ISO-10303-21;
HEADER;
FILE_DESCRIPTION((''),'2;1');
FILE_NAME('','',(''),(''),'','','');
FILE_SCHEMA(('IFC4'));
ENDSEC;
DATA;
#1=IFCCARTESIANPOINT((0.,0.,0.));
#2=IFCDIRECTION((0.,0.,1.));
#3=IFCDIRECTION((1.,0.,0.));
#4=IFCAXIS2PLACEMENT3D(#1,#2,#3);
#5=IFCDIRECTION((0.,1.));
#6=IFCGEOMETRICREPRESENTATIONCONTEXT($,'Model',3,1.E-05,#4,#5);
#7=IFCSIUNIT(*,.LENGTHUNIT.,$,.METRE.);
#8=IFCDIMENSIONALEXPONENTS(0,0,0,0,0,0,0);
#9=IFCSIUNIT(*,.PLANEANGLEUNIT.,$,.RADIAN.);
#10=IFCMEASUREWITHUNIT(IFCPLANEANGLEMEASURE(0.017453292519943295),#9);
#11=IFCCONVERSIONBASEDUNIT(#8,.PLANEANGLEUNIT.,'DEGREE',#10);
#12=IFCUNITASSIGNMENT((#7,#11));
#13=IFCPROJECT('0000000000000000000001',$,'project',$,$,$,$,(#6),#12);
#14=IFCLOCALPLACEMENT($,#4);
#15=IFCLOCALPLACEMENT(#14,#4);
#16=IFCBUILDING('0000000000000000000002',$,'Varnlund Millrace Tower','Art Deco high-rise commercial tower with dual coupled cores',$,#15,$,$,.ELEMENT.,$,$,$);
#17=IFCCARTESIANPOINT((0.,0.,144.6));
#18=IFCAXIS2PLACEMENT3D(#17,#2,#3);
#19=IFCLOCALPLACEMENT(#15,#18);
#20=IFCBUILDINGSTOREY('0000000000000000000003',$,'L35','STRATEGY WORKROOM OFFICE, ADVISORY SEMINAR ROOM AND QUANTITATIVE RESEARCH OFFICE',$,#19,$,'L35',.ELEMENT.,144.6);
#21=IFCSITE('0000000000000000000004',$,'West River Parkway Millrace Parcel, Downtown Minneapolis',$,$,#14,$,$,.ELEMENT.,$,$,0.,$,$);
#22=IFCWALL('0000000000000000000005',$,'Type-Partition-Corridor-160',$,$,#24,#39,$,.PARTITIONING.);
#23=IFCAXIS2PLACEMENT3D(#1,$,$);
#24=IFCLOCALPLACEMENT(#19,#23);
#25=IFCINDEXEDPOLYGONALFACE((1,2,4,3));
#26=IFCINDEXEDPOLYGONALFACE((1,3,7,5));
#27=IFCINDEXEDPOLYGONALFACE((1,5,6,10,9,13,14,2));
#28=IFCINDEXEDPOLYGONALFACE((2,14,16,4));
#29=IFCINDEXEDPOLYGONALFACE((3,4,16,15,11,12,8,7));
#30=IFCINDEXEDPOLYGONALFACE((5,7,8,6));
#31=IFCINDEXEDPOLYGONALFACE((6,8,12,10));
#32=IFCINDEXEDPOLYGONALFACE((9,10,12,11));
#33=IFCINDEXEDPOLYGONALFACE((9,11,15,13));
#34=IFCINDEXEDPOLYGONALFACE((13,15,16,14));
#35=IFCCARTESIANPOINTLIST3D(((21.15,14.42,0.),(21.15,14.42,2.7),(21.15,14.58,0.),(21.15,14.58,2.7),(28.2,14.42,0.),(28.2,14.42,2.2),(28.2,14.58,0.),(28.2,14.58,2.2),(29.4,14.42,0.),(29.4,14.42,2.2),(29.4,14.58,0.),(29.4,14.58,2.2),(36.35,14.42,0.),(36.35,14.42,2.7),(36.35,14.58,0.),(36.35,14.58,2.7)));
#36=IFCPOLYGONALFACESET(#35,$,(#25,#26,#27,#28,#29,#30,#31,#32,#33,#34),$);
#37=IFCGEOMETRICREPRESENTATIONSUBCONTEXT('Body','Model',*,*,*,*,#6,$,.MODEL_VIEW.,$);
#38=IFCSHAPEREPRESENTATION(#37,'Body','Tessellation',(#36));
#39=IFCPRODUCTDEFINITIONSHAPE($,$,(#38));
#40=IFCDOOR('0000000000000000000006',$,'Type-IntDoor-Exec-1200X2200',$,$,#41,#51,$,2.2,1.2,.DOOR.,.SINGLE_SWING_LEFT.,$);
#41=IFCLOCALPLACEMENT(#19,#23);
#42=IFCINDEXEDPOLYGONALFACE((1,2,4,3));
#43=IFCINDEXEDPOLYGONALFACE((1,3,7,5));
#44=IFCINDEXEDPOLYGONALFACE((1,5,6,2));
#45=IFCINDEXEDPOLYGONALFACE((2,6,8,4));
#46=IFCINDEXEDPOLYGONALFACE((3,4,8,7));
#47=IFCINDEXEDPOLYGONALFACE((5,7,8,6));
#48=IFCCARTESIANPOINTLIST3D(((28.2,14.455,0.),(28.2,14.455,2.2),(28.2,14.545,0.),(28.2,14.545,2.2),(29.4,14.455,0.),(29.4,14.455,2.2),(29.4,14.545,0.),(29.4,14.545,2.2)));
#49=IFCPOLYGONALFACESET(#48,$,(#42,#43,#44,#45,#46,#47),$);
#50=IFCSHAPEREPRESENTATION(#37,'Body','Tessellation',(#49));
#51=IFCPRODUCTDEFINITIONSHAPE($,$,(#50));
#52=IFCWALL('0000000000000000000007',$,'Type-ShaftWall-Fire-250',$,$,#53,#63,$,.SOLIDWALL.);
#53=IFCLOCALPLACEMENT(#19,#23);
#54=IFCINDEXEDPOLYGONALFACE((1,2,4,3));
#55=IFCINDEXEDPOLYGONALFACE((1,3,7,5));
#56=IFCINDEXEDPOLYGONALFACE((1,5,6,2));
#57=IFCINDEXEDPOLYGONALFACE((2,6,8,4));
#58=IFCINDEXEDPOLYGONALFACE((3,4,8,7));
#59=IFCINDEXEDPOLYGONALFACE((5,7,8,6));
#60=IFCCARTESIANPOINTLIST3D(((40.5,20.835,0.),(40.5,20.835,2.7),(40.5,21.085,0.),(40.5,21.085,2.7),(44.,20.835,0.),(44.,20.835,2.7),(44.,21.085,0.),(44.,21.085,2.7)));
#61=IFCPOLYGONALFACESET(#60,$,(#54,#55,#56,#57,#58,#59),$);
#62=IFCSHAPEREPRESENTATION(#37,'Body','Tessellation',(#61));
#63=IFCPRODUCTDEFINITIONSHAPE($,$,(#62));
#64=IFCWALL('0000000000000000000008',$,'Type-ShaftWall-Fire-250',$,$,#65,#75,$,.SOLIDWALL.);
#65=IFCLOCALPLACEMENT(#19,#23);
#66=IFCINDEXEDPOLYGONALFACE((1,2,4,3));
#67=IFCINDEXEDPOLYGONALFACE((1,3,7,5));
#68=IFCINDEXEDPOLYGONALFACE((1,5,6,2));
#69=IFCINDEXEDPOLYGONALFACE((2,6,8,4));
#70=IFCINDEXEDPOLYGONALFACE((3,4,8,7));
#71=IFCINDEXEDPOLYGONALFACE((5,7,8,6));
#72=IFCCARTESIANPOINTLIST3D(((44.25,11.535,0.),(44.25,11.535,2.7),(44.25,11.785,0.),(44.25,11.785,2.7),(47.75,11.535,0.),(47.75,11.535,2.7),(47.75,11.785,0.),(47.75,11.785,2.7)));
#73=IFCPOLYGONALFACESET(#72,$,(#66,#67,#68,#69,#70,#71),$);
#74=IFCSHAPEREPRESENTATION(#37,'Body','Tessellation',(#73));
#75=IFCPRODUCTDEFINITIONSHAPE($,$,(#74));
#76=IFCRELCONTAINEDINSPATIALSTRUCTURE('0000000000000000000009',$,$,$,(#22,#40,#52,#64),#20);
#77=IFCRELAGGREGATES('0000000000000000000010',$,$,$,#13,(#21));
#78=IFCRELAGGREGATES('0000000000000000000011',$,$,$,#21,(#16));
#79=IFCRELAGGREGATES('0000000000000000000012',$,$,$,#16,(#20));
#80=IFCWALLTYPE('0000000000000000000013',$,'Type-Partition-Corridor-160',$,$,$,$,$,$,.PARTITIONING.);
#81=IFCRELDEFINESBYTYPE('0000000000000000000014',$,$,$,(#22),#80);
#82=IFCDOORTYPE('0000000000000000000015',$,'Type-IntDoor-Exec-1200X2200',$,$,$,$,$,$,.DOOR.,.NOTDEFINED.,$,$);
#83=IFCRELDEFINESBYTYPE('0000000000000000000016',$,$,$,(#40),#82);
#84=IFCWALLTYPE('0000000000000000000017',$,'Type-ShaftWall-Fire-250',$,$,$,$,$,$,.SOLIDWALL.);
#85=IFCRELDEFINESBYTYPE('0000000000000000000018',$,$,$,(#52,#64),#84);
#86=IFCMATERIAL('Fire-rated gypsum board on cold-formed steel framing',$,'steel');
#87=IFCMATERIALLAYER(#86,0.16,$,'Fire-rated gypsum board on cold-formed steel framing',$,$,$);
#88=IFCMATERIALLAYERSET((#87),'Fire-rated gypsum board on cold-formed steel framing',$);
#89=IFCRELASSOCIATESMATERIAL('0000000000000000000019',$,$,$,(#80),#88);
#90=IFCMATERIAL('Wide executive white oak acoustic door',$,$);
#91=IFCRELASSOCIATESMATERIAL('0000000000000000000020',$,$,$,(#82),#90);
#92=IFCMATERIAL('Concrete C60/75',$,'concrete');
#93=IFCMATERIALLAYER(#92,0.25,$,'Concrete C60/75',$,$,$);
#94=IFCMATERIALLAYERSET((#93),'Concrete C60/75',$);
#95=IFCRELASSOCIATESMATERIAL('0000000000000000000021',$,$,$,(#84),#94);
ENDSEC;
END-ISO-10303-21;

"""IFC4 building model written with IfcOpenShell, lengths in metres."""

from ifc_helpers import new_model, entity, si_unit, converted_unit, direction, frame, origin_with_axes, origin_2d_with_axis, place, context, subcontext, project, spatial, polyline, rectangle, outline, extrude, material, layer, layer_set, type_object, element, fill, save


model = new_model("IFC4")

# Units and contexts
model_context = context("Model", 3, precision=1e-05, world=origin_with_axes(), true_north=direction((0.0, 1.0)))
body_context = subcontext(model_context, "Body", "Model", "MODEL_VIEW")
ifc_project = project(units=[si_unit("LENGTHUNIT", "METRE"), converted_unit("PLANEANGLEUNIT", "DEGREE", entity("IfcPlaneAngleMeasure", 0.017453292519943295), si_unit("PLANEANGLEUNIT", "RADIAN"), dimensions=[0, 0, 0, 0, 0, 0, 0])], contexts=[model_context])

# Site, building, storey
site_placement = place(None, origin_with_axes())
site = spatial("IfcSite", under=ifc_project, at=site_placement, Name="West River Parkway Millrace Parcel, Downtown Minneapolis", CompositionType="ELEMENT", RefElevation=0.0)
building_placement = place(site_placement, origin_with_axes())
building = spatial("IfcBuilding", under=site, at=building_placement, Name="Varnlund Millrace Tower", Description="Art Deco high-rise commercial tower with dual coupled cores", CompositionType="ELEMENT")
storey_placement = place(building_placement, frame((0.0, 0.0, 144.6), z_axis=(0.0, 0.0, 1.0), x_axis=(1.0, 0.0, 0.0)))
storey = spatial("IfcBuildingStorey", under=building, at=storey_placement, Name="L35", Description="STRATEGY WORKROOM OFFICE, ADVISORY SEMINAR ROOM AND QUANTITATIVE RESEARCH OFFICE", LongName="L35", CompositionType="ELEMENT", Elevation=144.6)

# Shared definitions
ifc_material_1 = material(Name="Fire-rated gypsum board on cold-formed steel framing", Category="steel")
ifc_layer_1 = layer(ifc_material_1, 0.16, Name="Fire-rated gypsum board on cold-formed steel framing")
ifc_layer_set_1 = layer_set([ifc_layer_1], Name="Fire-rated gypsum board on cold-formed steel framing")
wall_type_1 = type_object("IfcWallType", Name="Type-Partition-Corridor-160", PredefinedType="PARTITIONING", material=ifc_layer_set_1)

# Wall, opening, door
wall_1_placement = place(storey_placement, frame((21.15, 14.5, 0.0), z_axis=(0.0, 0.0, 1.0), x_axis=(1.0, 0.0, 0.0)))
wall_1 = element("IfcWall", 1, at=wall_1_placement, inside=storey, type_object=wall_type_1, Name="Type-Partition-Corridor-160", PredefinedType="PARTITIONING", context=body_context, shape_type="SweptSolid", body=[
    extrude(outline(polyline([(0.0, -0.08), (15.2, -0.08), (15.2, 0.08), (0.0, 0.08), (0.0, -0.08)])), origin_with_axes(), (0.0, 0.0, 1.0), 2.7),
])
opening_1_placement = place(wall_1_placement, frame((7.65, 0.0, 0.0), z_axis=(0.0, 0.0, 1.0), x_axis=(1.0, 0.0, 0.0)))
opening_1 = element("IfcOpeningElement", 2, at=opening_1_placement, cuts=wall_1, PredefinedType="OPENING", context=body_context, shape_type="SweptSolid", body=[
    extrude(rectangle(XDim=1.2, YDim=0.18, at=origin_2d_with_axis()), origin_with_axes(), (0.0, 0.0, 1.0), 2.2),
])
ifc_material_2 = material(Name="Wide executive white oak acoustic door")
door_type_1 = type_object("IfcDoorType", Name="Type-IntDoor-Exec-1200X2200", OperationType="NOTDEFINED", PredefinedType="DOOR", material=ifc_material_2)
door_1_placement = place(wall_1_placement, frame((7.65, 0.0, 0.0), z_axis=(0.0, 0.0, 1.0), x_axis=(1.0, 0.0, 0.0)))
door_1 = element("IfcDoor", 3, at=door_1_placement, inside=storey, type_object=door_type_1, Name="Type-IntDoor-Exec-1200X2200", OperationType="SINGLE_SWING_LEFT", OverallHeight=2.2, OverallWidth=1.2, PredefinedType="DOOR", context=body_context, shape_type="SweptSolid", body=[
    extrude(rectangle(XDim=1.2, YDim=0.09, at=origin_2d_with_axis()), origin_with_axes(), (0.0, 0.0, 1.0), 2.2),
])
fill(opening_1, door_1)

# Walls
ifc_material_3 = material(Name="Concrete C60/75", Category="concrete")
ifc_layer_2 = layer(ifc_material_3, 0.25, Name="Concrete C60/75")
ifc_layer_set_2 = layer_set([ifc_layer_2], Name="Concrete C60/75")
wall_type_2 = type_object("IfcWallType", Name="Type-ShaftWall-Fire-250", PredefinedType="SOLIDWALL", material=ifc_layer_set_2)
for number, where, z_axis, x_axis, name in (
    (4, (40.5, 20.96, 0.0), (0.0, 0.0, 1.0), (1.0, 0.0, 0.0), "Type-ShaftWall-Fire-250"),
    (5, (44.25, 11.66, 0.0), (0.0, 0.0, 1.0), (1.0, 0.0, 0.0), "Type-ShaftWall-Fire-250"),
):
    element("IfcWall", number, at=place(storey_placement, frame(where, z_axis=z_axis, x_axis=x_axis)), inside=storey, type_object=wall_type_2, Name=name, PredefinedType="SOLIDWALL", context=body_context, shape_type="SweptSolid", body=[
        extrude(outline(polyline([(0.0, -0.125), (3.5, -0.125), (3.5, 0.125), (0.0, 0.125), (0.0, -0.125)])), origin_with_axes(), (0.0, 0.0, 1.0), 2.7),
    ])

save(model, "model.ifc")
